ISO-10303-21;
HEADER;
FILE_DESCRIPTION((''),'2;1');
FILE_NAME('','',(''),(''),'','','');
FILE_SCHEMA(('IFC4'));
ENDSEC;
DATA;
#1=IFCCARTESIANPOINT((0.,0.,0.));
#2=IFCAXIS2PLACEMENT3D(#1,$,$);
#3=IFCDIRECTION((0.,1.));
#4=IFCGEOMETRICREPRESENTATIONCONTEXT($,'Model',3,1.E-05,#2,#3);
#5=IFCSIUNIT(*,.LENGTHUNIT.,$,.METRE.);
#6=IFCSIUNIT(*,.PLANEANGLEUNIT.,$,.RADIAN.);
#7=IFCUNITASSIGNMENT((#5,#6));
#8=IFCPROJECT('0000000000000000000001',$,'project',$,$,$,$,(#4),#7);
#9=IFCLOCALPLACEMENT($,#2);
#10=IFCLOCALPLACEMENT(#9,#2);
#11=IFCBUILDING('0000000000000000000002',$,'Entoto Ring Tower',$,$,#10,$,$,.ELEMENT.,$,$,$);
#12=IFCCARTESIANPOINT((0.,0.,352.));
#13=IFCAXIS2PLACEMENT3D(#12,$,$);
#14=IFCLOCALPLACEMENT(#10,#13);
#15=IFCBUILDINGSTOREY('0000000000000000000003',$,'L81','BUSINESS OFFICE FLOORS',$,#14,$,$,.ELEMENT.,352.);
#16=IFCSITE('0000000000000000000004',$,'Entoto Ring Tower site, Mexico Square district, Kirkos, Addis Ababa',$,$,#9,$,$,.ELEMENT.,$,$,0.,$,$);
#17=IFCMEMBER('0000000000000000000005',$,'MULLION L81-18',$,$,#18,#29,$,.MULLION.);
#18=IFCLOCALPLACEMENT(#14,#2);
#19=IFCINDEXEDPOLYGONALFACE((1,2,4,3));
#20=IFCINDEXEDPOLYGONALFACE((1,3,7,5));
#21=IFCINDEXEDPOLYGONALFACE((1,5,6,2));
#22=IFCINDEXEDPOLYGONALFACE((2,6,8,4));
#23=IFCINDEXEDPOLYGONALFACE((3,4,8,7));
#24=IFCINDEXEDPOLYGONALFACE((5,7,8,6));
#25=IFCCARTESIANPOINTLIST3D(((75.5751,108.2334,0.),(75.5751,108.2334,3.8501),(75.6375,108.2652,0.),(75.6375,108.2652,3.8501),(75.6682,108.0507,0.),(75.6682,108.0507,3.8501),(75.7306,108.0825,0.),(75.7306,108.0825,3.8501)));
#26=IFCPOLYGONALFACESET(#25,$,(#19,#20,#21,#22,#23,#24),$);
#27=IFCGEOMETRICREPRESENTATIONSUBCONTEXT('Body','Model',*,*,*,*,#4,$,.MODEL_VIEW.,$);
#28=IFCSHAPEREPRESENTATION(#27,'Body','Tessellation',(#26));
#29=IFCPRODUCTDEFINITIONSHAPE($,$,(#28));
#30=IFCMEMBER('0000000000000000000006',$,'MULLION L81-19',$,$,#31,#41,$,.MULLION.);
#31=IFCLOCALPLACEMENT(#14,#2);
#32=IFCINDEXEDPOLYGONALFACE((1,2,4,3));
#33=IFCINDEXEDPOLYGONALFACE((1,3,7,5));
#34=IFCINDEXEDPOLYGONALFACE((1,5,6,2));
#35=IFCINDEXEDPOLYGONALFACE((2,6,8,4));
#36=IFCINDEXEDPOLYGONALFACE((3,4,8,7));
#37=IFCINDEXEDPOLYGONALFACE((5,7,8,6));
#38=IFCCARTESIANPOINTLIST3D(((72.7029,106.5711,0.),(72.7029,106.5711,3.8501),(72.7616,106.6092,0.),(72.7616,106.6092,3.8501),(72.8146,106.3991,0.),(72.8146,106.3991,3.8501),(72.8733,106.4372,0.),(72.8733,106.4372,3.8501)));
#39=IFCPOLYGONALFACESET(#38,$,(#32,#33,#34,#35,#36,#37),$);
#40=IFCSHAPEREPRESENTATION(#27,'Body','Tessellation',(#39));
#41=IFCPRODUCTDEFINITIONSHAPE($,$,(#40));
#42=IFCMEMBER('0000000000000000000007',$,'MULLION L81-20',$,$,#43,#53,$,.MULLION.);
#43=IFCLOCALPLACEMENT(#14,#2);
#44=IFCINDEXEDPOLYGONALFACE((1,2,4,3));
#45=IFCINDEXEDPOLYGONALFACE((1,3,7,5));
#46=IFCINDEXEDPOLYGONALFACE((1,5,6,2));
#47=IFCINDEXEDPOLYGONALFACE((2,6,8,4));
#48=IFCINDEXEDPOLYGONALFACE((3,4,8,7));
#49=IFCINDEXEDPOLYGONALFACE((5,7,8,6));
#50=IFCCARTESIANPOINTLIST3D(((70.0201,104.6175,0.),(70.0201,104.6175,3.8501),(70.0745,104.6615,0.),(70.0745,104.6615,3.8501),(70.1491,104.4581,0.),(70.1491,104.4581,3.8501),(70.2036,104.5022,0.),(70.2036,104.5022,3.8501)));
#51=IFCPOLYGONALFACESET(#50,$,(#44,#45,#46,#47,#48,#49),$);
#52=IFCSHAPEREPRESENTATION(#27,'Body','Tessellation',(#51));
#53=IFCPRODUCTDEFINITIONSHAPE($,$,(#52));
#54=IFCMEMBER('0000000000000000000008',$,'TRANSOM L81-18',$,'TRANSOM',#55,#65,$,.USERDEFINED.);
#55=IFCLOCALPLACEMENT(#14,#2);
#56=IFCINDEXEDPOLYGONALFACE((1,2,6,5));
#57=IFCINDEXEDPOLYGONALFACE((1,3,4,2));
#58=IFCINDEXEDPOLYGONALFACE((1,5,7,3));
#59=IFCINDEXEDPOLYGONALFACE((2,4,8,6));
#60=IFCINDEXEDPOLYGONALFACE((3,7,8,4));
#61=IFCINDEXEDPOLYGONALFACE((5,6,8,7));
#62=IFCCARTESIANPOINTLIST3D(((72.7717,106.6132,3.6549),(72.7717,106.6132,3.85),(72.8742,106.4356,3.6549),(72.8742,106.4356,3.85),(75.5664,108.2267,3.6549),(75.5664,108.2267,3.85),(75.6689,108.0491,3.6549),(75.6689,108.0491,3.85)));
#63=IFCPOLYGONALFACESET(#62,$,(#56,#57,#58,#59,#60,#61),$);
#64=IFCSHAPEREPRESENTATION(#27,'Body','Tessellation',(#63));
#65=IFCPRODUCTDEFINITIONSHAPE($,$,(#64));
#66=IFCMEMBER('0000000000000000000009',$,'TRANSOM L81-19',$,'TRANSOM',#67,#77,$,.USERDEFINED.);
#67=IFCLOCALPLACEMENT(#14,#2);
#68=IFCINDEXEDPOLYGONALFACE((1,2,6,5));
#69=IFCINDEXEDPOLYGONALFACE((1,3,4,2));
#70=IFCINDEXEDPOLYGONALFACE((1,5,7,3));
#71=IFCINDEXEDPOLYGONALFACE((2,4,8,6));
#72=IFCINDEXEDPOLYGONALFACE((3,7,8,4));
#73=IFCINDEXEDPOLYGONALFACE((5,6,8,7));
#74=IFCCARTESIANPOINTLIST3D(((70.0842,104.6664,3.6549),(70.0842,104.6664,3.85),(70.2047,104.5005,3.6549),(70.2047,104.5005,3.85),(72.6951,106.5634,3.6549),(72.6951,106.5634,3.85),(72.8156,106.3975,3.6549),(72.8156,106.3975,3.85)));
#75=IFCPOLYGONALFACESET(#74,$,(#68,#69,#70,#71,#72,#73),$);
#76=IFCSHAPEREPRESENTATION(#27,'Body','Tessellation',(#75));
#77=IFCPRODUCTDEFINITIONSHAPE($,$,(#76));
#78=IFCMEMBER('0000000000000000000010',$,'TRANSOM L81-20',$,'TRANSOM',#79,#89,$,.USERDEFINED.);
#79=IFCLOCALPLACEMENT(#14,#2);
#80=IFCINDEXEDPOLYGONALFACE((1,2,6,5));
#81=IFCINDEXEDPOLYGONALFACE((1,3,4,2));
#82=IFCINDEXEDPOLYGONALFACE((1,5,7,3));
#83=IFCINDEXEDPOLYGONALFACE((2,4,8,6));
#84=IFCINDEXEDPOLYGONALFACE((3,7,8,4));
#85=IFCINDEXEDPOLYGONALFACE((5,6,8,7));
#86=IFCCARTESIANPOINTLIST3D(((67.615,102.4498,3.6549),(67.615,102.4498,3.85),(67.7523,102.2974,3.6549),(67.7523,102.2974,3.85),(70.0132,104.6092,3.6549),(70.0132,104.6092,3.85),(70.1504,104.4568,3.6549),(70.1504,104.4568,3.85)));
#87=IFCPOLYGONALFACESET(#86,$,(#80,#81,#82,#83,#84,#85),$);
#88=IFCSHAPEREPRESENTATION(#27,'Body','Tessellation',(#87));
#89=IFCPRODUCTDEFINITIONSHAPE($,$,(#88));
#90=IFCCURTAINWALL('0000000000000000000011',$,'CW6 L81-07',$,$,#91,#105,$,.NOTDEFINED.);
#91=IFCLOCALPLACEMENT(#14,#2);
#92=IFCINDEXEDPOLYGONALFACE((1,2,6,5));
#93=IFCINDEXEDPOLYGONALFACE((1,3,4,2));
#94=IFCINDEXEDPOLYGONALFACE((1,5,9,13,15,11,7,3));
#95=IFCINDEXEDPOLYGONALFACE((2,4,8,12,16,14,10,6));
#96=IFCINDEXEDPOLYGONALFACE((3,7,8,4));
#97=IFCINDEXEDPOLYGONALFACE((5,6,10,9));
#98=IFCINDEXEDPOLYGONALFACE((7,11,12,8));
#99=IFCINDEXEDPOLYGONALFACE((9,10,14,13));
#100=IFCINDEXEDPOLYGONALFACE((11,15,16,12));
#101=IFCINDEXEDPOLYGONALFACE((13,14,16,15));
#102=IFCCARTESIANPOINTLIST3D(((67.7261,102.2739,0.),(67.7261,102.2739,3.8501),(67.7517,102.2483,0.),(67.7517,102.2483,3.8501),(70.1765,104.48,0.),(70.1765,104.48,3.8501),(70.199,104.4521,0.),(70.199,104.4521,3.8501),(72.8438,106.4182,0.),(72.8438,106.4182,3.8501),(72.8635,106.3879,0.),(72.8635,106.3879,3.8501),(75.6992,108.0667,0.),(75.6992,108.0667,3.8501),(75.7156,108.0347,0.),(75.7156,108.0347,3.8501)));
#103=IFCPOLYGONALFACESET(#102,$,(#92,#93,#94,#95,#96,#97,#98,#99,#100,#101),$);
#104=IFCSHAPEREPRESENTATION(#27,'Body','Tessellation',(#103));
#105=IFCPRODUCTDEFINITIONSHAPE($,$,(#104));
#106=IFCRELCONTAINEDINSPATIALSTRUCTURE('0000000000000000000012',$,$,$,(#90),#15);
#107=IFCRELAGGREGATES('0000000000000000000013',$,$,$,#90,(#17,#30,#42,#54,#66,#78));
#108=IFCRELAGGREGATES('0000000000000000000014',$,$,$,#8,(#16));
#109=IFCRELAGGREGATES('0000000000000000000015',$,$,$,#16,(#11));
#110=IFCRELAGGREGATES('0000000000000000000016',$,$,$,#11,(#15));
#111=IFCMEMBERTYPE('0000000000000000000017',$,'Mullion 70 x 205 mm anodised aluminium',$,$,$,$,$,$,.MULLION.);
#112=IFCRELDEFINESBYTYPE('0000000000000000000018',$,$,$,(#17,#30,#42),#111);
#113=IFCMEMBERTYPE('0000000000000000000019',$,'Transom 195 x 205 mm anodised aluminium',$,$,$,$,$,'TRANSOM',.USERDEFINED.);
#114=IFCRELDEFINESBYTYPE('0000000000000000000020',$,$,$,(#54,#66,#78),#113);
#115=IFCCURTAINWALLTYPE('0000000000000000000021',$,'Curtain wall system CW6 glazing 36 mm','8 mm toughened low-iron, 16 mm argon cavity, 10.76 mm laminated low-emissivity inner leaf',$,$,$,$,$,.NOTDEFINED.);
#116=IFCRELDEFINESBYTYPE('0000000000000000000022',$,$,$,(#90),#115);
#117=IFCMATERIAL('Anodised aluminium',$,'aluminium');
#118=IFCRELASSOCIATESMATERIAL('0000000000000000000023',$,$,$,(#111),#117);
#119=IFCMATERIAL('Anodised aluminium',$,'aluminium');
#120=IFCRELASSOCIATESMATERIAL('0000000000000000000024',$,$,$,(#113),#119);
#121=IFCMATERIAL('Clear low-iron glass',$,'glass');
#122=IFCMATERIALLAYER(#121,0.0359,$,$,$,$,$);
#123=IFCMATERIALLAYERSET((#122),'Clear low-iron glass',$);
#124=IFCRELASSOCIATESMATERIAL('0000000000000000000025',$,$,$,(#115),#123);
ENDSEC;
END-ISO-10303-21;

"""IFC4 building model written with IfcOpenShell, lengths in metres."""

from ifc_helpers import new_model, si_unit, direction, frame, origin, origin_2d, place, context, subcontext, project, spatial, polyline, rectangle, outline, extrude, material, layer, layer_set, material_profile, profile_set, type_object, element, aggregate, save


model = new_model("IFC4")

# Units and contexts
model_context = context("Model", 3, precision=1e-05, world=origin(), true_north=direction((0.0, 1.0)))
body_context = subcontext(model_context, "Body", "Model", "MODEL_VIEW")
ifc_project = project(units=[si_unit("LENGTHUNIT", "METRE"), si_unit("PLANEANGLEUNIT", "RADIAN")], contexts=[model_context])

# Members
ifc_material_1 = material(Name="Anodised aluminium", Category="aluminium")
ifc_material_profile_1 = material_profile(ifc_material_1, rectangle(XDim=0.0701, YDim=0.2051, at=origin_2d()), Name="Mullion 70 x 205 mm anodised aluminium")
ifc_profile_set_1 = profile_set([ifc_material_profile_1], Name="Anodised aluminium")
member_type_1 = type_object("IfcMemberType", Name="Mullion 70 x 205 mm anodised aluminium", PredefinedType="MULLION", material=ifc_profile_set_1)
site_placement = place(None, origin())
building_placement = place(site_placement, origin())
storey_placement = place(building_placement, frame((0.0, 0.0, 352.0)))
member_1_placement = place(storey_placement, frame((75.6528, 108.158, 0.0), z_axis=(0.0, 0.0, 1.0), x_axis=(-0.891007, -0.45399, 0.0)))
member_1 = element("IfcMember", 1, at=member_1_placement, type_object=member_type_1, Name="MULLION L81-18", PredefinedType="MULLION", context=body_context, shape_type="SweptSolid", body=[
    extrude(rectangle(XDim=0.0701, YDim=0.2051, at=origin_2d()), origin(), (0.0, 0.0, 1.0), 3.8501),
])
member_2_placement = place(storey_placement, frame((72.7881, 106.5042, 0.0), z_axis=(0.0, 0.0, 1.0), x_axis=(-0.838671, -0.544639, 0.0)))
member_2 = element("IfcMember", 2, at=member_2_placement, type_object=member_type_1, Name="MULLION L81-19", PredefinedType="MULLION", context=body_context, shape_type="SweptSolid", body=[
    extrude(rectangle(XDim=0.0701, YDim=0.2051, at=origin_2d()), origin(), (0.0, 0.0, 1.0), 3.8501),
])
member_3_placement = place(storey_placement, frame((70.1118, 104.5598, 0.0), z_axis=(0.0, 0.0, 1.0), x_axis=(-0.777146, -0.62932, 0.0)))
member_3 = element("IfcMember", 3, at=member_3_placement, type_object=member_type_1, Name="MULLION L81-20", PredefinedType="MULLION", context=body_context, shape_type="SweptSolid", body=[
    extrude(rectangle(XDim=0.0701, YDim=0.2051, at=origin_2d()), origin(), (0.0, 0.0, 1.0), 3.8501),
])
ifc_material_2 = material(Name="Anodised aluminium", Category="aluminium")
ifc_material_profile_2 = material_profile(ifc_material_2, rectangle(XDim=0.2051, YDim=0.1951, at=origin_2d()), Name="Transom 195 x 205 mm anodised aluminium")
ifc_profile_set_2 = profile_set([ifc_material_profile_2], Name="Anodised aluminium")
member_type_2 = type_object("IfcMemberType", Name="Transom 195 x 205 mm anodised aluminium", ElementType="TRANSOM", PredefinedType="USERDEFINED", material=ifc_profile_set_2)
member_4_placement = place(storey_placement, frame((75.6177, 108.1379, 3.7524), z_axis=(-0.866023, -0.500004, 0.0), x_axis=(0.500004, -0.866023, 0.0)))
member_4 = element("IfcMember", 4, at=member_4_placement, type_object=member_type_2, Name="TRANSOM L81-18", ObjectType="TRANSOM", PredefinedType="USERDEFINED", context=body_context, shape_type="SweptSolid", body=[
    extrude(rectangle(XDim=0.2051, YDim=0.1951, at=origin_2d()), origin(), (0.0, 0.0, 1.0), 3.2271),
])
member_5_placement = place(storey_placement, frame((72.7554, 106.4805, 3.7524), z_axis=(-0.809004, -0.587803, 0.0), x_axis=(0.587803, -0.809004, 0.0)))
member_5 = element("IfcMember", 5, at=member_5_placement, type_object=member_type_2, Name="TRANSOM L81-19", ObjectType="TRANSOM", PredefinedType="USERDEFINED", context=body_context, shape_type="SweptSolid", body=[
    extrude(rectangle(XDim=0.2051, YDim=0.1951, at=origin_2d()), origin(), (0.0, 0.0, 1.0), 3.2273),
])
member_6_placement = place(storey_placement, frame((70.0818, 104.533, 3.7524), z_axis=(-0.743132, -0.669144, 0.0), x_axis=(0.669144, -0.743132, 0.0)))
member_6 = element("IfcMember", 6, at=member_6_placement, type_object=member_type_2, Name="TRANSOM L81-20", ObjectType="TRANSOM", PredefinedType="USERDEFINED", context=body_context, shape_type="SweptSolid", body=[
    extrude(rectangle(XDim=0.2051, YDim=0.1951, at=origin_2d()), origin(), (0.0, 0.0, 1.0), 3.2271),
])

# Site, building, storey
site = spatial("IfcSite", under=ifc_project, at=site_placement, Name="Entoto Ring Tower site, Mexico Square district, Kirkos, Addis Ababa", CompositionType="ELEMENT", RefElevation=0.0)
building = spatial("IfcBuilding", under=site, at=building_placement, Name="Entoto Ring Tower", CompositionType="ELEMENT")
storey = spatial("IfcBuildingStorey", under=building, at=storey_placement, Name="L81", Description="BUSINESS OFFICE FLOORS", CompositionType="ELEMENT", Elevation=352.0)

# Curtain wall
ifc_material_3 = material(Name="Clear low-iron glass", Category="glass")
ifc_layer = layer(ifc_material_3, 0.0359)
ifc_layer_set = layer_set([ifc_layer], Name="Clear low-iron glass")
curtain_wall_type = type_object("IfcCurtainWallType", Name="Curtain wall system CW6 glazing 36 mm", Description="8 mm toughened low-iron, 16 mm argon cavity, 10.76 mm laminated low-emissivity inner leaf", PredefinedType="NOTDEFINED", material=ifc_layer_set)
curtain_wall_1_placement = place(storey_placement, origin())
curtain_wall_1 = element("IfcCurtainWall", 7, at=curtain_wall_1_placement, inside=storey, type_object=curtain_wall_type, Name="CW6 L81-07", PredefinedType="NOTDEFINED", context=body_context, shape_type="SweptSolid", body=[
    extrude(outline(polyline([(75.6992, 108.0667), (72.8438, 106.4182), (70.1765, 104.48), (67.7261, 102.2739), (67.7517, 102.2483), (70.199, 104.4521), (72.8635, 106.3879), (75.7156, 108.0347), (75.6992, 108.0667)])), origin(), (0.0, 0.0, 1.0), 3.8501),
])
aggregate(curtain_wall_1, [member_1, member_2, member_3, member_4, member_5, member_6])

save(model, "model.ifc")
